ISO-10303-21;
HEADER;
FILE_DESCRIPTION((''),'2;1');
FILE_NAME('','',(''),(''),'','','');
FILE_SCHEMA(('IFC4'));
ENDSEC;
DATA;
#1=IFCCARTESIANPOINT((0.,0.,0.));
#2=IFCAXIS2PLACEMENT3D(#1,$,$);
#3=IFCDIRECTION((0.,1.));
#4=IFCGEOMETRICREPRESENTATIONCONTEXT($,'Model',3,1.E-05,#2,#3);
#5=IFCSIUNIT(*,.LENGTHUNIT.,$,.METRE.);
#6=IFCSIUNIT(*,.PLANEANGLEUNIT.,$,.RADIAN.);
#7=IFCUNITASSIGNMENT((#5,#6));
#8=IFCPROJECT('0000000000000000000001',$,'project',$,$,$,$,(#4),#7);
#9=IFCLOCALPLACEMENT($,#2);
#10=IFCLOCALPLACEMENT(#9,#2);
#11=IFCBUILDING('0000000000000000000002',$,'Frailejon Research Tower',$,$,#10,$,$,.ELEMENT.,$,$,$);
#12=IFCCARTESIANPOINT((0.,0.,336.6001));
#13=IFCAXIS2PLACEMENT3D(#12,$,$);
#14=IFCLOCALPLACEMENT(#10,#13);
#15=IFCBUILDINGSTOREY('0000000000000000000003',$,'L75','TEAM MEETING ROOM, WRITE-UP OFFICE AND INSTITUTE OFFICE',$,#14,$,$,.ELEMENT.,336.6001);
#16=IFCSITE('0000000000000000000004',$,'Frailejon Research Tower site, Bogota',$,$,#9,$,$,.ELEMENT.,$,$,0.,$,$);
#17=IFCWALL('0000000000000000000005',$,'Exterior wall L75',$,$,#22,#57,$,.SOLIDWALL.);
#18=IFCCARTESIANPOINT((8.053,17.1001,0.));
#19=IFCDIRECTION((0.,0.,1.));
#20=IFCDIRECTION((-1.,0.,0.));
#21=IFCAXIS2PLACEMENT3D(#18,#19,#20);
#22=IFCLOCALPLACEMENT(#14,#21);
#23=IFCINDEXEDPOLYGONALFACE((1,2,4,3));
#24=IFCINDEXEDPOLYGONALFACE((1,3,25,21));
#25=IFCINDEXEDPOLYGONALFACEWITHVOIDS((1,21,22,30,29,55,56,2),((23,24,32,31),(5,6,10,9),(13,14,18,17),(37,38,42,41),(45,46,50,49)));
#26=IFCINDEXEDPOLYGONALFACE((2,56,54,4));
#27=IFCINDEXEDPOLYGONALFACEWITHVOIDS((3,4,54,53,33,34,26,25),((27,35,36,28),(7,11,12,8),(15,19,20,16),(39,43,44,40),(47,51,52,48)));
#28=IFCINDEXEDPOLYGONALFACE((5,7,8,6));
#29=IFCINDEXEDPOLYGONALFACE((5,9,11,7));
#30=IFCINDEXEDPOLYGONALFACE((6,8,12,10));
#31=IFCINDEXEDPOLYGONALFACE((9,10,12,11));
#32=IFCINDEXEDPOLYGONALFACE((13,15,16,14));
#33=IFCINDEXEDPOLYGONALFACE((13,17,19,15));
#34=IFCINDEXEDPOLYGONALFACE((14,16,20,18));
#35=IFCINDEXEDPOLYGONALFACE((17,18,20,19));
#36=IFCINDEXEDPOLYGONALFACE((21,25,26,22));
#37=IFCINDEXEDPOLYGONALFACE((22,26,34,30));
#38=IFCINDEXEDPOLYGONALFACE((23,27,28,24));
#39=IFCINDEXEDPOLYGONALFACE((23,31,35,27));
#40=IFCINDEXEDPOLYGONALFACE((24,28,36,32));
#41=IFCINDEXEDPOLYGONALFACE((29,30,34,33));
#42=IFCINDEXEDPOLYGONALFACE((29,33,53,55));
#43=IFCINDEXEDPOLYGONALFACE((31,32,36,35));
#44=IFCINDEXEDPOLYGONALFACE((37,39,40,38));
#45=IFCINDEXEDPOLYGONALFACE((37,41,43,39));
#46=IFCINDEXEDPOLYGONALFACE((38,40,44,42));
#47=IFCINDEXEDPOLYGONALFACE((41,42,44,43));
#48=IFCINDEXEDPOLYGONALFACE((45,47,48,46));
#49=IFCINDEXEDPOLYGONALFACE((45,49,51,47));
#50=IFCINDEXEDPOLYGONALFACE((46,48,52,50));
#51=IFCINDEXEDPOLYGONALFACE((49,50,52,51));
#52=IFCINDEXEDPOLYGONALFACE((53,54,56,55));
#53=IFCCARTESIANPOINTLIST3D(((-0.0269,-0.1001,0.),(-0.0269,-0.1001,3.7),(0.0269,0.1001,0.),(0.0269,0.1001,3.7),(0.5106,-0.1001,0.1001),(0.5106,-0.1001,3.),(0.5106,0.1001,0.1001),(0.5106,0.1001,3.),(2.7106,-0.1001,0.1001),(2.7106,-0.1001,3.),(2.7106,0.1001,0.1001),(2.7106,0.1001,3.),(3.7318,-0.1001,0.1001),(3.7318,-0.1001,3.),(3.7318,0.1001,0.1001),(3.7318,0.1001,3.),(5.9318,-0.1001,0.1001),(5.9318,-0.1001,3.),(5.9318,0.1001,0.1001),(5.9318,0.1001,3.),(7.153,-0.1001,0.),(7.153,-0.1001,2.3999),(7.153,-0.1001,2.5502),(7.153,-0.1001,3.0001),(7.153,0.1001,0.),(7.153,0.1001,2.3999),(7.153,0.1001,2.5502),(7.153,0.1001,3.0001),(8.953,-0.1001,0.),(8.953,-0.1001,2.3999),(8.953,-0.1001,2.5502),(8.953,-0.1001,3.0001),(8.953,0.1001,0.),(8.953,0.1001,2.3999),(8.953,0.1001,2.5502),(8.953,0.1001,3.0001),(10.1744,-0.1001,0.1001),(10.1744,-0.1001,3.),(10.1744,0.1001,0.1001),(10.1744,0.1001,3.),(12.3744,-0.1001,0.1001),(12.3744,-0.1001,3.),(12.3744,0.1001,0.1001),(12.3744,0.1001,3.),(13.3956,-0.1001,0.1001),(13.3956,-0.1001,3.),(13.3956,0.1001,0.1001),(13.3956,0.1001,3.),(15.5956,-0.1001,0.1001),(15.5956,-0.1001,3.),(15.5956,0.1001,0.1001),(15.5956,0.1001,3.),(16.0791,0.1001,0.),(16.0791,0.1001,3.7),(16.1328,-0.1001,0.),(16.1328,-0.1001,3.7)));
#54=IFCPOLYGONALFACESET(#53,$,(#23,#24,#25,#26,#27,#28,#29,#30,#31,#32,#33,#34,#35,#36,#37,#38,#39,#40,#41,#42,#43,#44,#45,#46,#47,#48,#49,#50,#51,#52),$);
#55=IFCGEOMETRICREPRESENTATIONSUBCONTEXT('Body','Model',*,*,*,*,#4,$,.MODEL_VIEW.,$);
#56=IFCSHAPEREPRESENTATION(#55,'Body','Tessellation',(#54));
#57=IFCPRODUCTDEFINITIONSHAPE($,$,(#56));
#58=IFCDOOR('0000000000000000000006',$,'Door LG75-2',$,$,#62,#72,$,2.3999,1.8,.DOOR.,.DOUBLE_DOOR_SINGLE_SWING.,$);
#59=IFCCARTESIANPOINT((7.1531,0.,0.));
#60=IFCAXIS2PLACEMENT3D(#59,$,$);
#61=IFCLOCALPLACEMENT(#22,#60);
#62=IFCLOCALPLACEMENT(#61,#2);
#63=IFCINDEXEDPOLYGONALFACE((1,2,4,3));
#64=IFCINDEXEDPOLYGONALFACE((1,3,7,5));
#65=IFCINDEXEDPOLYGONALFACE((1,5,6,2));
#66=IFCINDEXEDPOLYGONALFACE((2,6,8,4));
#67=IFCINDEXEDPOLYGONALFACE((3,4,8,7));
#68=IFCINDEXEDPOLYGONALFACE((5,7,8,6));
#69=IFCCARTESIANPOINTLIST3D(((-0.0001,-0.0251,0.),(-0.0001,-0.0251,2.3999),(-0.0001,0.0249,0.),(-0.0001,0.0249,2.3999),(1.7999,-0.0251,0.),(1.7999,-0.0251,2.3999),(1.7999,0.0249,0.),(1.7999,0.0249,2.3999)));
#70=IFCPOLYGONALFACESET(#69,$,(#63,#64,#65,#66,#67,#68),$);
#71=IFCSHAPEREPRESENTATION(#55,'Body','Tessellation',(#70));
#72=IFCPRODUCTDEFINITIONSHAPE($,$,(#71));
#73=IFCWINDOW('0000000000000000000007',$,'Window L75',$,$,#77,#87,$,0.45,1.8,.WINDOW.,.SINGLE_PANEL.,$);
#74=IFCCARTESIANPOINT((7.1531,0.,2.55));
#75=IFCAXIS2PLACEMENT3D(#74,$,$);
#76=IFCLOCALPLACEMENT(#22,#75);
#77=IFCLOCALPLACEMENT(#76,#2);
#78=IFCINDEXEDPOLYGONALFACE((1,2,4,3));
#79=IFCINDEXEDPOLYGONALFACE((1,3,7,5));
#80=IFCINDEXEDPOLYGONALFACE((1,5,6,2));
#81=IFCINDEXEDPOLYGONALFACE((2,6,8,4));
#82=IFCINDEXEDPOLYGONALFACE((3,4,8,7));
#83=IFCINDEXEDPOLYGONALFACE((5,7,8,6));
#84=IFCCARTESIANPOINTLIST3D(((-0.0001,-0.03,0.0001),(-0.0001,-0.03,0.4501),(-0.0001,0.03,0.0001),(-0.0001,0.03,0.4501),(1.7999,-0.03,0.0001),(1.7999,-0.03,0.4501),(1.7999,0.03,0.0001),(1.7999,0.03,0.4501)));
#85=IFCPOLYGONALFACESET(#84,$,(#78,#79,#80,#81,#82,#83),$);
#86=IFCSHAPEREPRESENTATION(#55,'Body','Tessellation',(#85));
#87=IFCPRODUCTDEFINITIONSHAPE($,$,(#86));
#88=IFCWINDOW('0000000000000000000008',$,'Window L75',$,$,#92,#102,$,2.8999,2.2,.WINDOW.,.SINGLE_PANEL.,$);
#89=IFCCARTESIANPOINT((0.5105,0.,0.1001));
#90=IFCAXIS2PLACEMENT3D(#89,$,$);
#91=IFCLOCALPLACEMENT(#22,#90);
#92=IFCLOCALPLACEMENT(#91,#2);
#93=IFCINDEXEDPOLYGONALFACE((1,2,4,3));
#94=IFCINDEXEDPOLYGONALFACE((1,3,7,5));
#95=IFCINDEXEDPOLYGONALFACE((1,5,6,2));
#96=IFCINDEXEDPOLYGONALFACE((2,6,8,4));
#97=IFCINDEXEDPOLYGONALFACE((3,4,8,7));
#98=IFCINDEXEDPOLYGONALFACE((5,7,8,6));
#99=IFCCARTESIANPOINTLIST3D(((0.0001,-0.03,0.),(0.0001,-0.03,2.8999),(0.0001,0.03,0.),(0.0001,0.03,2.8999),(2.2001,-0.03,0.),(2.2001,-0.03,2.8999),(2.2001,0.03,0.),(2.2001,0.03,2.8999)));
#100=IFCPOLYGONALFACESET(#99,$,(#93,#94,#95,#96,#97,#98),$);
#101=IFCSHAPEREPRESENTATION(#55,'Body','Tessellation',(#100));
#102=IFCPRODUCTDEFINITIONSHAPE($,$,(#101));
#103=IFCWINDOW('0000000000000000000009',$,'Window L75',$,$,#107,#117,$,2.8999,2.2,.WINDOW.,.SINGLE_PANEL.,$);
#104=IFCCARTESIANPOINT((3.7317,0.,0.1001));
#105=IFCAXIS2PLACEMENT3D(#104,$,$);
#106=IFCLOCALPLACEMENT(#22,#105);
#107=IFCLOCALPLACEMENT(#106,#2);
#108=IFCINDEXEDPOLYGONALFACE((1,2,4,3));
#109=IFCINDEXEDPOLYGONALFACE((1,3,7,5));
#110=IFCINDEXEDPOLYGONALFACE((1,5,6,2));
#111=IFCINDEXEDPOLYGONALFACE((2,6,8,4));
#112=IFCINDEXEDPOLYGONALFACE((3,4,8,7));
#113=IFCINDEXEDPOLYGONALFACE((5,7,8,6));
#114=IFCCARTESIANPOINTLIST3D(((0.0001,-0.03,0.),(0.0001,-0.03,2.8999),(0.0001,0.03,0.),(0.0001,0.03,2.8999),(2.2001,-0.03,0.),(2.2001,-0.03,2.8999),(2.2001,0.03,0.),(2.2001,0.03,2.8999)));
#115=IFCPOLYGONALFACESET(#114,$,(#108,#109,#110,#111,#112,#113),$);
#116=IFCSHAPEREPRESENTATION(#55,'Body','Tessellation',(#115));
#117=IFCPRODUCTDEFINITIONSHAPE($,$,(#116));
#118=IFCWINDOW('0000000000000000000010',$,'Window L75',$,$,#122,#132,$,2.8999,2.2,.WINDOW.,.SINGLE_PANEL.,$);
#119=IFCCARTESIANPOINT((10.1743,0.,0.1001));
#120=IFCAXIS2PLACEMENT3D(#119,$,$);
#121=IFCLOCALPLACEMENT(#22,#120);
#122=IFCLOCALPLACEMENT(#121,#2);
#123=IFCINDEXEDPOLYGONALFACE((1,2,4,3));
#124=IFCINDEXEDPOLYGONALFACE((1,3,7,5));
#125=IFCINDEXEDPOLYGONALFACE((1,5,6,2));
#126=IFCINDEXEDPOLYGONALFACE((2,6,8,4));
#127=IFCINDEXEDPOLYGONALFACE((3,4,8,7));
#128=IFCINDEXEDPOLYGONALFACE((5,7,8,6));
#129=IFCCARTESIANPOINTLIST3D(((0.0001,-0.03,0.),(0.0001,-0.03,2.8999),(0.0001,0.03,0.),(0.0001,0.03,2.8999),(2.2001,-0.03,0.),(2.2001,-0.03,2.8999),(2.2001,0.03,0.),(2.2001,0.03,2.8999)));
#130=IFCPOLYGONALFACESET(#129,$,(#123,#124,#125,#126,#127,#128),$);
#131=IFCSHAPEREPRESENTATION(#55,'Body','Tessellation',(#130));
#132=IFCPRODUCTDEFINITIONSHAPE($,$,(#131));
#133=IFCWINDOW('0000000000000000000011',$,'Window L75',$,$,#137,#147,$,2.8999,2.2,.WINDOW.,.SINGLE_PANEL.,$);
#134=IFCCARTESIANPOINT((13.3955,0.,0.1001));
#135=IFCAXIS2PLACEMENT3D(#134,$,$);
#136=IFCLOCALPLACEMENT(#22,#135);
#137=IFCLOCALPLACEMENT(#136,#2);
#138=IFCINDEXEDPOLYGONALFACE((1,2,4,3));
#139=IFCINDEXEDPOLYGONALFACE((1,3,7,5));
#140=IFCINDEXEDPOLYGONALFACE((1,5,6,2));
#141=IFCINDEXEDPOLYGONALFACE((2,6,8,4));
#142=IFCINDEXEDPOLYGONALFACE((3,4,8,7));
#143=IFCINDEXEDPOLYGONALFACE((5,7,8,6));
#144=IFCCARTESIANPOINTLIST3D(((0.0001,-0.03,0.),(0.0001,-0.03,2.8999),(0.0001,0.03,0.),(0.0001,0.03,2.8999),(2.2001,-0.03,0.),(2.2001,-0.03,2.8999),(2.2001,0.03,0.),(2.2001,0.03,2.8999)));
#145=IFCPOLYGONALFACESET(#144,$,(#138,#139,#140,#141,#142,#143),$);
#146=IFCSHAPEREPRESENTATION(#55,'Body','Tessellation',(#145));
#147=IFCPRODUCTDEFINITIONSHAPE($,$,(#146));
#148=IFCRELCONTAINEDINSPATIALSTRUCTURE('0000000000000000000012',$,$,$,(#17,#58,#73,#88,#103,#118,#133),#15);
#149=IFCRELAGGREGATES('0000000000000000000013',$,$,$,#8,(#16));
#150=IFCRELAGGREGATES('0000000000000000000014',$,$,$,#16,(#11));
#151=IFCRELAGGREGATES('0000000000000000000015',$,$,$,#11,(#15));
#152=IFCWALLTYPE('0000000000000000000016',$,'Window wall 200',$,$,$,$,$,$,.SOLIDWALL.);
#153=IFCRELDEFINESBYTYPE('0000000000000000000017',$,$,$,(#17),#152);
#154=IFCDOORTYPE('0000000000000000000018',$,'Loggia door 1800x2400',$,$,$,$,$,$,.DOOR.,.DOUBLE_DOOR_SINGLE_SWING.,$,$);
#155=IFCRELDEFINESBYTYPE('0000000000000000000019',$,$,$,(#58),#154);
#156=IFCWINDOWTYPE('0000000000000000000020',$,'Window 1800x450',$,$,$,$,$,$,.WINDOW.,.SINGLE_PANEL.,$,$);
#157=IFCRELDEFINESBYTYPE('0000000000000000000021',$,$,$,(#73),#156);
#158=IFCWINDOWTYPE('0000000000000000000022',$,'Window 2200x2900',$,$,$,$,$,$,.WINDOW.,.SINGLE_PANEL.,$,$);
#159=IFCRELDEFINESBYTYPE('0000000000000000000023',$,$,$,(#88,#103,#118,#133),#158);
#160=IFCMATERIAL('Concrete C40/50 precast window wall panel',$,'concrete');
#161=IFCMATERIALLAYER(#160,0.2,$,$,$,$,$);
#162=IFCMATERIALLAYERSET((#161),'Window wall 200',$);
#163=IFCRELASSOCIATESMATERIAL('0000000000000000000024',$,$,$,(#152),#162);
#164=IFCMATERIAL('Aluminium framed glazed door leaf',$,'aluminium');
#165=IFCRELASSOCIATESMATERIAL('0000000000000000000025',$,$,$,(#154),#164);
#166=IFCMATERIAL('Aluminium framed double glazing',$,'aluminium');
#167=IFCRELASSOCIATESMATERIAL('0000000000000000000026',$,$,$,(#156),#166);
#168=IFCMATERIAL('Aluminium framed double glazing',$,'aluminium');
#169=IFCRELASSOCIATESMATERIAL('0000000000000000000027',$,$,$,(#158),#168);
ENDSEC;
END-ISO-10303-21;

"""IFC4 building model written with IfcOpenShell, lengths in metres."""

from ifc_helpers import new_model, si_unit, direction, frame, frame_2d, origin, place, context, subcontext, project, spatial, polyline, rectangle, outline, extrude, material, layer, layer_set, type_object, element, fill, save


model = new_model("IFC4")

# Units and contexts
model_context = context("Model", 3, precision=1e-05, world=origin(), true_north=direction((0.0, 1.0)))
body_context = subcontext(model_context, "Body", "Model", "MODEL_VIEW")
ifc_project = project(units=[si_unit("LENGTHUNIT", "METRE"), si_unit("PLANEANGLEUNIT", "RADIAN")], contexts=[model_context])

# Site, building, storey
site_placement = place(None, origin())
site = spatial("IfcSite", under=ifc_project, at=site_placement, Name="Frailejon Research Tower site, Bogota", CompositionType="ELEMENT", RefElevation=0.0)
building_placement = place(site_placement, origin())
building = spatial("IfcBuilding", under=site, at=building_placement, Name="Frailejon Research Tower", CompositionType="ELEMENT")
storey_placement = place(building_placement, frame((0.0, 0.0, 336.6001)))
storey = spatial("IfcBuildingStorey", under=building, at=storey_placement, Name="L75", Description="TEAM MEETING ROOM, WRITE-UP OFFICE AND INSTITUTE OFFICE", CompositionType="ELEMENT", Elevation=336.6001)

# Wall, openings, door, windows
ifc_material_1 = material(Name="Concrete C40/50 precast window wall panel", Category="concrete")
ifc_layer_1 = layer(ifc_material_1, 0.2)
ifc_layer_set_1 = layer_set([ifc_layer_1], Name="Window wall 200")
wall_type_1 = type_object("IfcWallType", Name="Window wall 200", PredefinedType="SOLIDWALL", material=ifc_layer_set_1)
wall_1_placement = place(storey_placement, frame((8.053, 17.1001, 0.0), z_axis=(0.0, 0.0, 1.0), x_axis=(-1.0, 0.0, 0.0)))
wall_1 = element("IfcWall", 1, at=wall_1_placement, inside=storey, type_object=wall_type_1, Name="Exterior wall L75", PredefinedType="SOLIDWALL", context=body_context, shape_type="SweptSolid", body=[
    extrude(outline(polyline([(-0.0269, -0.1001), (0.9832, -0.1001), (1.9932, -0.1001), (3.0032, -0.1001), (4.0132, -0.1001), (5.0229, -0.1001), (6.033, -0.1001), (7.043, -0.1001), (8.053, -0.1001), (9.063, -0.1001), (10.073, -0.1001), (11.083, -0.1001), (12.0928, -0.1001), (13.1028, -0.1001), (14.1128, -0.1001), (15.1228, -0.1001), (16.1328, -0.1001), (16.0791, 0.1001), (15.0759, 0.1001), (14.0725, 0.1001), (13.0693, 0.1001), (12.0659, 0.1001), (11.0627, 0.1001), (10.0596, 0.1001), (9.0562, 0.1001), (8.053, 0.1001), (7.0498, 0.1001), (6.0464, 0.1001), (5.0432, 0.1001), (4.04, 0.1001), (3.0366, 0.1001), (2.0334, 0.1001), (1.03, 0.1001), (0.0269, 0.1001), (-0.0269, -0.1001)])), origin(), (0.0, 0.0, 1.0), 3.7),
])
opening_1_placement = place(wall_1_placement, frame((0.5105, 0.0, 0.1001)))
opening_1 = element("IfcOpeningElement", 2, at=opening_1_placement, cuts=wall_1, PredefinedType="OPENING", context=body_context, shape_type="SweptSolid", body=[
    extrude(rectangle(XDim=2.2, YDim=2.8999, at=frame_2d((1.1001, 1.45))), frame((0.0, 0.1099, 0.0), z_axis=(0.0, -1.0, 0.0), x_axis=(1.0, 0.0, 0.0)), (0.0, 0.0, 1.0), 0.22),
])
opening_2_placement = place(wall_1_placement, frame((3.7317, 0.0, 0.1001)))
opening_2 = element("IfcOpeningElement", 3, at=opening_2_placement, cuts=wall_1, PredefinedType="OPENING", context=body_context, shape_type="SweptSolid", body=[
    extrude(rectangle(XDim=2.2, YDim=2.8999, at=frame_2d((1.1001, 1.45))), frame((0.0, 0.1099, 0.0), z_axis=(0.0, -1.0, 0.0), x_axis=(1.0, 0.0, 0.0)), (0.0, 0.0, 1.0), 0.22),
])
opening_3_placement = place(wall_1_placement, frame((7.1531, 0.0, 0.0)))
opening_3 = element("IfcOpeningElement", 4, at=opening_3_placement, cuts=wall_1, PredefinedType="OPENING", context=body_context, shape_type="SweptSolid", body=[
    extrude(rectangle(XDim=1.8, YDim=2.3999, at=frame_2d((0.8999, 1.2))), frame((0.0, 0.1099, 0.0), z_axis=(0.0, -1.0, 0.0), x_axis=(1.0, 0.0, 0.0)), (0.0, 0.0, 1.0), 0.22),
])
opening_4_placement = place(wall_1_placement, frame((7.1531, 0.0, 2.55)))
opening_4 = element("IfcOpeningElement", 5, at=opening_4_placement, cuts=wall_1, PredefinedType="OPENING", context=body_context, shape_type="SweptSolid", body=[
    extrude(rectangle(XDim=1.8, YDim=0.45, at=frame_2d((0.8999, 0.2251))), frame((0.0, 0.1099, 0.0), z_axis=(0.0, -1.0, 0.0), x_axis=(1.0, 0.0, 0.0)), (0.0, 0.0, 1.0), 0.22),
])
opening_5_placement = place(wall_1_placement, frame((10.1743, 0.0, 0.1001)))
opening_5 = element("IfcOpeningElement", 6, at=opening_5_placement, cuts=wall_1, PredefinedType="OPENING", context=body_context, shape_type="SweptSolid", body=[
    extrude(rectangle(XDim=2.2, YDim=2.8999, at=frame_2d((1.1001, 1.45))), frame((0.0, 0.1099, 0.0), z_axis=(0.0, -1.0, 0.0), x_axis=(1.0, 0.0, 0.0)), (0.0, 0.0, 1.0), 0.22),
])
opening_6_placement = place(wall_1_placement, frame((13.3955, 0.0, 0.1001)))
opening_6 = element("IfcOpeningElement", 7, at=opening_6_placement, cuts=wall_1, PredefinedType="OPENING", context=body_context, shape_type="SweptSolid", body=[
    extrude(rectangle(XDim=2.2, YDim=2.8999, at=frame_2d((1.1001, 1.45))), frame((0.0, 0.1099, 0.0), z_axis=(0.0, -1.0, 0.0), x_axis=(1.0, 0.0, 0.0)), (0.0, 0.0, 1.0), 0.22),
])
ifc_material_2 = material(Name="Aluminium framed glazed door leaf", Category="aluminium")
door_type = type_object("IfcDoorType", Name="Loggia door 1800x2400", OperationType="DOUBLE_DOOR_SINGLE_SWING", PredefinedType="DOOR", material=ifc_material_2)
door_placement = place(opening_3_placement, origin())
door = element("IfcDoor", 8, at=door_placement, inside=storey, type_object=door_type, Name="Door LG75-2", OperationType="DOUBLE_DOOR_SINGLE_SWING", OverallHeight=2.3999, OverallWidth=1.8, PredefinedType="DOOR", context=body_context, shape_type="SweptSolid", body=[
    extrude(rectangle(XDim=1.8, YDim=2.3999, at=frame_2d((0.8999, 1.2))), frame((0.0, 0.0249, 0.0), z_axis=(0.0, -1.0, 0.0), x_axis=(1.0, 0.0, 0.0)), (0.0, 0.0, 1.0), 0.05),
])
fill(opening_3, door)
ifc_material_3 = material(Name="Aluminium framed double glazing", Category="aluminium")
window_type_1 = type_object("IfcWindowType", Name="Window 1800x450", PartitioningType="SINGLE_PANEL", PredefinedType="WINDOW", material=ifc_material_3)
window_1_placement = place(opening_4_placement, origin())
window_1 = element("IfcWindow", 9, at=window_1_placement, inside=storey, type_object=window_type_1, Name="Window L75", OverallHeight=0.45, OverallWidth=1.8, PartitioningType="SINGLE_PANEL", PredefinedType="WINDOW", context=body_context, shape_type="SweptSolid", body=[
    extrude(rectangle(XDim=1.8, YDim=0.45, at=frame_2d((0.8999, 0.2251))), frame((0.0, 0.03, 0.0), z_axis=(0.0, -1.0, 0.0), x_axis=(1.0, 0.0, 0.0)), (0.0, 0.0, 1.0), 0.0601),
])
fill(opening_4, window_1)
ifc_material_4 = material(Name="Aluminium framed double glazing", Category="aluminium")
window_type_2 = type_object("IfcWindowType", Name="Window 2200x2900", PartitioningType="SINGLE_PANEL", PredefinedType="WINDOW", material=ifc_material_4)
window_2_placement = place(opening_1_placement, origin())
window_2 = element("IfcWindow", 10, at=window_2_placement, inside=storey, type_object=window_type_2, Name="Window L75", OverallHeight=2.8999, OverallWidth=2.2, PartitioningType="SINGLE_PANEL", PredefinedType="WINDOW", context=body_context, shape_type="SweptSolid", body=[
    extrude(rectangle(XDim=2.2, YDim=2.8999, at=frame_2d((1.1001, 1.45))), frame((0.0, 0.03, 0.0), z_axis=(0.0, -1.0, 0.0), x_axis=(1.0, 0.0, 0.0)), (0.0, 0.0, 1.0), 0.0601),
])
fill(opening_1, window_2)
window_3_placement = place(opening_2_placement, origin())
window_3 = element("IfcWindow", 11, at=window_3_placement, inside=storey, type_object=window_type_2, Name="Window L75", OverallHeight=2.8999, OverallWidth=2.2, PartitioningType="SINGLE_PANEL", PredefinedType="WINDOW", context=body_context, shape_type="SweptSolid", body=[
    extrude(rectangle(XDim=2.2, YDim=2.8999, at=frame_2d((1.1001, 1.45))), frame((0.0, 0.03, 0.0), z_axis=(0.0, -1.0, 0.0), x_axis=(1.0, 0.0, 0.0)), (0.0, 0.0, 1.0), 0.0601),
])
fill(opening_2, window_3)
window_4_placement = place(opening_5_placement, origin())
window_4 = element("IfcWindow", 12, at=window_4_placement, inside=storey, type_object=window_type_2, Name="Window L75", OverallHeight=2.8999, OverallWidth=2.2, PartitioningType="SINGLE_PANEL", PredefinedType="WINDOW", context=body_context, shape_type="SweptSolid", body=[
    extrude(rectangle(XDim=2.2, YDim=2.8999, at=frame_2d((1.1001, 1.45))), frame((0.0, 0.03, 0.0), z_axis=(0.0, -1.0, 0.0), x_axis=(1.0, 0.0, 0.0)), (0.0, 0.0, 1.0), 0.0601),
])
fill(opening_5, window_4)
window_5_placement = place(opening_6_placement, origin())
window_5 = element("IfcWindow", 13, at=window_5_placement, inside=storey, type_object=window_type_2, Name="Window L75", OverallHeight=2.8999, OverallWidth=2.2, PartitioningType="SINGLE_PANEL", PredefinedType="WINDOW", context=body_context, shape_type="SweptSolid", body=[
    extrude(rectangle(XDim=2.2, YDim=2.8999, at=frame_2d((1.1001, 1.45))), frame((0.0, 0.03, 0.0), z_axis=(0.0, -1.0, 0.0), x_axis=(1.0, 0.0, 0.0)), (0.0, 0.0, 1.0), 0.0601),
])
fill(opening_6, window_5)

save(model, "model.ifc")
